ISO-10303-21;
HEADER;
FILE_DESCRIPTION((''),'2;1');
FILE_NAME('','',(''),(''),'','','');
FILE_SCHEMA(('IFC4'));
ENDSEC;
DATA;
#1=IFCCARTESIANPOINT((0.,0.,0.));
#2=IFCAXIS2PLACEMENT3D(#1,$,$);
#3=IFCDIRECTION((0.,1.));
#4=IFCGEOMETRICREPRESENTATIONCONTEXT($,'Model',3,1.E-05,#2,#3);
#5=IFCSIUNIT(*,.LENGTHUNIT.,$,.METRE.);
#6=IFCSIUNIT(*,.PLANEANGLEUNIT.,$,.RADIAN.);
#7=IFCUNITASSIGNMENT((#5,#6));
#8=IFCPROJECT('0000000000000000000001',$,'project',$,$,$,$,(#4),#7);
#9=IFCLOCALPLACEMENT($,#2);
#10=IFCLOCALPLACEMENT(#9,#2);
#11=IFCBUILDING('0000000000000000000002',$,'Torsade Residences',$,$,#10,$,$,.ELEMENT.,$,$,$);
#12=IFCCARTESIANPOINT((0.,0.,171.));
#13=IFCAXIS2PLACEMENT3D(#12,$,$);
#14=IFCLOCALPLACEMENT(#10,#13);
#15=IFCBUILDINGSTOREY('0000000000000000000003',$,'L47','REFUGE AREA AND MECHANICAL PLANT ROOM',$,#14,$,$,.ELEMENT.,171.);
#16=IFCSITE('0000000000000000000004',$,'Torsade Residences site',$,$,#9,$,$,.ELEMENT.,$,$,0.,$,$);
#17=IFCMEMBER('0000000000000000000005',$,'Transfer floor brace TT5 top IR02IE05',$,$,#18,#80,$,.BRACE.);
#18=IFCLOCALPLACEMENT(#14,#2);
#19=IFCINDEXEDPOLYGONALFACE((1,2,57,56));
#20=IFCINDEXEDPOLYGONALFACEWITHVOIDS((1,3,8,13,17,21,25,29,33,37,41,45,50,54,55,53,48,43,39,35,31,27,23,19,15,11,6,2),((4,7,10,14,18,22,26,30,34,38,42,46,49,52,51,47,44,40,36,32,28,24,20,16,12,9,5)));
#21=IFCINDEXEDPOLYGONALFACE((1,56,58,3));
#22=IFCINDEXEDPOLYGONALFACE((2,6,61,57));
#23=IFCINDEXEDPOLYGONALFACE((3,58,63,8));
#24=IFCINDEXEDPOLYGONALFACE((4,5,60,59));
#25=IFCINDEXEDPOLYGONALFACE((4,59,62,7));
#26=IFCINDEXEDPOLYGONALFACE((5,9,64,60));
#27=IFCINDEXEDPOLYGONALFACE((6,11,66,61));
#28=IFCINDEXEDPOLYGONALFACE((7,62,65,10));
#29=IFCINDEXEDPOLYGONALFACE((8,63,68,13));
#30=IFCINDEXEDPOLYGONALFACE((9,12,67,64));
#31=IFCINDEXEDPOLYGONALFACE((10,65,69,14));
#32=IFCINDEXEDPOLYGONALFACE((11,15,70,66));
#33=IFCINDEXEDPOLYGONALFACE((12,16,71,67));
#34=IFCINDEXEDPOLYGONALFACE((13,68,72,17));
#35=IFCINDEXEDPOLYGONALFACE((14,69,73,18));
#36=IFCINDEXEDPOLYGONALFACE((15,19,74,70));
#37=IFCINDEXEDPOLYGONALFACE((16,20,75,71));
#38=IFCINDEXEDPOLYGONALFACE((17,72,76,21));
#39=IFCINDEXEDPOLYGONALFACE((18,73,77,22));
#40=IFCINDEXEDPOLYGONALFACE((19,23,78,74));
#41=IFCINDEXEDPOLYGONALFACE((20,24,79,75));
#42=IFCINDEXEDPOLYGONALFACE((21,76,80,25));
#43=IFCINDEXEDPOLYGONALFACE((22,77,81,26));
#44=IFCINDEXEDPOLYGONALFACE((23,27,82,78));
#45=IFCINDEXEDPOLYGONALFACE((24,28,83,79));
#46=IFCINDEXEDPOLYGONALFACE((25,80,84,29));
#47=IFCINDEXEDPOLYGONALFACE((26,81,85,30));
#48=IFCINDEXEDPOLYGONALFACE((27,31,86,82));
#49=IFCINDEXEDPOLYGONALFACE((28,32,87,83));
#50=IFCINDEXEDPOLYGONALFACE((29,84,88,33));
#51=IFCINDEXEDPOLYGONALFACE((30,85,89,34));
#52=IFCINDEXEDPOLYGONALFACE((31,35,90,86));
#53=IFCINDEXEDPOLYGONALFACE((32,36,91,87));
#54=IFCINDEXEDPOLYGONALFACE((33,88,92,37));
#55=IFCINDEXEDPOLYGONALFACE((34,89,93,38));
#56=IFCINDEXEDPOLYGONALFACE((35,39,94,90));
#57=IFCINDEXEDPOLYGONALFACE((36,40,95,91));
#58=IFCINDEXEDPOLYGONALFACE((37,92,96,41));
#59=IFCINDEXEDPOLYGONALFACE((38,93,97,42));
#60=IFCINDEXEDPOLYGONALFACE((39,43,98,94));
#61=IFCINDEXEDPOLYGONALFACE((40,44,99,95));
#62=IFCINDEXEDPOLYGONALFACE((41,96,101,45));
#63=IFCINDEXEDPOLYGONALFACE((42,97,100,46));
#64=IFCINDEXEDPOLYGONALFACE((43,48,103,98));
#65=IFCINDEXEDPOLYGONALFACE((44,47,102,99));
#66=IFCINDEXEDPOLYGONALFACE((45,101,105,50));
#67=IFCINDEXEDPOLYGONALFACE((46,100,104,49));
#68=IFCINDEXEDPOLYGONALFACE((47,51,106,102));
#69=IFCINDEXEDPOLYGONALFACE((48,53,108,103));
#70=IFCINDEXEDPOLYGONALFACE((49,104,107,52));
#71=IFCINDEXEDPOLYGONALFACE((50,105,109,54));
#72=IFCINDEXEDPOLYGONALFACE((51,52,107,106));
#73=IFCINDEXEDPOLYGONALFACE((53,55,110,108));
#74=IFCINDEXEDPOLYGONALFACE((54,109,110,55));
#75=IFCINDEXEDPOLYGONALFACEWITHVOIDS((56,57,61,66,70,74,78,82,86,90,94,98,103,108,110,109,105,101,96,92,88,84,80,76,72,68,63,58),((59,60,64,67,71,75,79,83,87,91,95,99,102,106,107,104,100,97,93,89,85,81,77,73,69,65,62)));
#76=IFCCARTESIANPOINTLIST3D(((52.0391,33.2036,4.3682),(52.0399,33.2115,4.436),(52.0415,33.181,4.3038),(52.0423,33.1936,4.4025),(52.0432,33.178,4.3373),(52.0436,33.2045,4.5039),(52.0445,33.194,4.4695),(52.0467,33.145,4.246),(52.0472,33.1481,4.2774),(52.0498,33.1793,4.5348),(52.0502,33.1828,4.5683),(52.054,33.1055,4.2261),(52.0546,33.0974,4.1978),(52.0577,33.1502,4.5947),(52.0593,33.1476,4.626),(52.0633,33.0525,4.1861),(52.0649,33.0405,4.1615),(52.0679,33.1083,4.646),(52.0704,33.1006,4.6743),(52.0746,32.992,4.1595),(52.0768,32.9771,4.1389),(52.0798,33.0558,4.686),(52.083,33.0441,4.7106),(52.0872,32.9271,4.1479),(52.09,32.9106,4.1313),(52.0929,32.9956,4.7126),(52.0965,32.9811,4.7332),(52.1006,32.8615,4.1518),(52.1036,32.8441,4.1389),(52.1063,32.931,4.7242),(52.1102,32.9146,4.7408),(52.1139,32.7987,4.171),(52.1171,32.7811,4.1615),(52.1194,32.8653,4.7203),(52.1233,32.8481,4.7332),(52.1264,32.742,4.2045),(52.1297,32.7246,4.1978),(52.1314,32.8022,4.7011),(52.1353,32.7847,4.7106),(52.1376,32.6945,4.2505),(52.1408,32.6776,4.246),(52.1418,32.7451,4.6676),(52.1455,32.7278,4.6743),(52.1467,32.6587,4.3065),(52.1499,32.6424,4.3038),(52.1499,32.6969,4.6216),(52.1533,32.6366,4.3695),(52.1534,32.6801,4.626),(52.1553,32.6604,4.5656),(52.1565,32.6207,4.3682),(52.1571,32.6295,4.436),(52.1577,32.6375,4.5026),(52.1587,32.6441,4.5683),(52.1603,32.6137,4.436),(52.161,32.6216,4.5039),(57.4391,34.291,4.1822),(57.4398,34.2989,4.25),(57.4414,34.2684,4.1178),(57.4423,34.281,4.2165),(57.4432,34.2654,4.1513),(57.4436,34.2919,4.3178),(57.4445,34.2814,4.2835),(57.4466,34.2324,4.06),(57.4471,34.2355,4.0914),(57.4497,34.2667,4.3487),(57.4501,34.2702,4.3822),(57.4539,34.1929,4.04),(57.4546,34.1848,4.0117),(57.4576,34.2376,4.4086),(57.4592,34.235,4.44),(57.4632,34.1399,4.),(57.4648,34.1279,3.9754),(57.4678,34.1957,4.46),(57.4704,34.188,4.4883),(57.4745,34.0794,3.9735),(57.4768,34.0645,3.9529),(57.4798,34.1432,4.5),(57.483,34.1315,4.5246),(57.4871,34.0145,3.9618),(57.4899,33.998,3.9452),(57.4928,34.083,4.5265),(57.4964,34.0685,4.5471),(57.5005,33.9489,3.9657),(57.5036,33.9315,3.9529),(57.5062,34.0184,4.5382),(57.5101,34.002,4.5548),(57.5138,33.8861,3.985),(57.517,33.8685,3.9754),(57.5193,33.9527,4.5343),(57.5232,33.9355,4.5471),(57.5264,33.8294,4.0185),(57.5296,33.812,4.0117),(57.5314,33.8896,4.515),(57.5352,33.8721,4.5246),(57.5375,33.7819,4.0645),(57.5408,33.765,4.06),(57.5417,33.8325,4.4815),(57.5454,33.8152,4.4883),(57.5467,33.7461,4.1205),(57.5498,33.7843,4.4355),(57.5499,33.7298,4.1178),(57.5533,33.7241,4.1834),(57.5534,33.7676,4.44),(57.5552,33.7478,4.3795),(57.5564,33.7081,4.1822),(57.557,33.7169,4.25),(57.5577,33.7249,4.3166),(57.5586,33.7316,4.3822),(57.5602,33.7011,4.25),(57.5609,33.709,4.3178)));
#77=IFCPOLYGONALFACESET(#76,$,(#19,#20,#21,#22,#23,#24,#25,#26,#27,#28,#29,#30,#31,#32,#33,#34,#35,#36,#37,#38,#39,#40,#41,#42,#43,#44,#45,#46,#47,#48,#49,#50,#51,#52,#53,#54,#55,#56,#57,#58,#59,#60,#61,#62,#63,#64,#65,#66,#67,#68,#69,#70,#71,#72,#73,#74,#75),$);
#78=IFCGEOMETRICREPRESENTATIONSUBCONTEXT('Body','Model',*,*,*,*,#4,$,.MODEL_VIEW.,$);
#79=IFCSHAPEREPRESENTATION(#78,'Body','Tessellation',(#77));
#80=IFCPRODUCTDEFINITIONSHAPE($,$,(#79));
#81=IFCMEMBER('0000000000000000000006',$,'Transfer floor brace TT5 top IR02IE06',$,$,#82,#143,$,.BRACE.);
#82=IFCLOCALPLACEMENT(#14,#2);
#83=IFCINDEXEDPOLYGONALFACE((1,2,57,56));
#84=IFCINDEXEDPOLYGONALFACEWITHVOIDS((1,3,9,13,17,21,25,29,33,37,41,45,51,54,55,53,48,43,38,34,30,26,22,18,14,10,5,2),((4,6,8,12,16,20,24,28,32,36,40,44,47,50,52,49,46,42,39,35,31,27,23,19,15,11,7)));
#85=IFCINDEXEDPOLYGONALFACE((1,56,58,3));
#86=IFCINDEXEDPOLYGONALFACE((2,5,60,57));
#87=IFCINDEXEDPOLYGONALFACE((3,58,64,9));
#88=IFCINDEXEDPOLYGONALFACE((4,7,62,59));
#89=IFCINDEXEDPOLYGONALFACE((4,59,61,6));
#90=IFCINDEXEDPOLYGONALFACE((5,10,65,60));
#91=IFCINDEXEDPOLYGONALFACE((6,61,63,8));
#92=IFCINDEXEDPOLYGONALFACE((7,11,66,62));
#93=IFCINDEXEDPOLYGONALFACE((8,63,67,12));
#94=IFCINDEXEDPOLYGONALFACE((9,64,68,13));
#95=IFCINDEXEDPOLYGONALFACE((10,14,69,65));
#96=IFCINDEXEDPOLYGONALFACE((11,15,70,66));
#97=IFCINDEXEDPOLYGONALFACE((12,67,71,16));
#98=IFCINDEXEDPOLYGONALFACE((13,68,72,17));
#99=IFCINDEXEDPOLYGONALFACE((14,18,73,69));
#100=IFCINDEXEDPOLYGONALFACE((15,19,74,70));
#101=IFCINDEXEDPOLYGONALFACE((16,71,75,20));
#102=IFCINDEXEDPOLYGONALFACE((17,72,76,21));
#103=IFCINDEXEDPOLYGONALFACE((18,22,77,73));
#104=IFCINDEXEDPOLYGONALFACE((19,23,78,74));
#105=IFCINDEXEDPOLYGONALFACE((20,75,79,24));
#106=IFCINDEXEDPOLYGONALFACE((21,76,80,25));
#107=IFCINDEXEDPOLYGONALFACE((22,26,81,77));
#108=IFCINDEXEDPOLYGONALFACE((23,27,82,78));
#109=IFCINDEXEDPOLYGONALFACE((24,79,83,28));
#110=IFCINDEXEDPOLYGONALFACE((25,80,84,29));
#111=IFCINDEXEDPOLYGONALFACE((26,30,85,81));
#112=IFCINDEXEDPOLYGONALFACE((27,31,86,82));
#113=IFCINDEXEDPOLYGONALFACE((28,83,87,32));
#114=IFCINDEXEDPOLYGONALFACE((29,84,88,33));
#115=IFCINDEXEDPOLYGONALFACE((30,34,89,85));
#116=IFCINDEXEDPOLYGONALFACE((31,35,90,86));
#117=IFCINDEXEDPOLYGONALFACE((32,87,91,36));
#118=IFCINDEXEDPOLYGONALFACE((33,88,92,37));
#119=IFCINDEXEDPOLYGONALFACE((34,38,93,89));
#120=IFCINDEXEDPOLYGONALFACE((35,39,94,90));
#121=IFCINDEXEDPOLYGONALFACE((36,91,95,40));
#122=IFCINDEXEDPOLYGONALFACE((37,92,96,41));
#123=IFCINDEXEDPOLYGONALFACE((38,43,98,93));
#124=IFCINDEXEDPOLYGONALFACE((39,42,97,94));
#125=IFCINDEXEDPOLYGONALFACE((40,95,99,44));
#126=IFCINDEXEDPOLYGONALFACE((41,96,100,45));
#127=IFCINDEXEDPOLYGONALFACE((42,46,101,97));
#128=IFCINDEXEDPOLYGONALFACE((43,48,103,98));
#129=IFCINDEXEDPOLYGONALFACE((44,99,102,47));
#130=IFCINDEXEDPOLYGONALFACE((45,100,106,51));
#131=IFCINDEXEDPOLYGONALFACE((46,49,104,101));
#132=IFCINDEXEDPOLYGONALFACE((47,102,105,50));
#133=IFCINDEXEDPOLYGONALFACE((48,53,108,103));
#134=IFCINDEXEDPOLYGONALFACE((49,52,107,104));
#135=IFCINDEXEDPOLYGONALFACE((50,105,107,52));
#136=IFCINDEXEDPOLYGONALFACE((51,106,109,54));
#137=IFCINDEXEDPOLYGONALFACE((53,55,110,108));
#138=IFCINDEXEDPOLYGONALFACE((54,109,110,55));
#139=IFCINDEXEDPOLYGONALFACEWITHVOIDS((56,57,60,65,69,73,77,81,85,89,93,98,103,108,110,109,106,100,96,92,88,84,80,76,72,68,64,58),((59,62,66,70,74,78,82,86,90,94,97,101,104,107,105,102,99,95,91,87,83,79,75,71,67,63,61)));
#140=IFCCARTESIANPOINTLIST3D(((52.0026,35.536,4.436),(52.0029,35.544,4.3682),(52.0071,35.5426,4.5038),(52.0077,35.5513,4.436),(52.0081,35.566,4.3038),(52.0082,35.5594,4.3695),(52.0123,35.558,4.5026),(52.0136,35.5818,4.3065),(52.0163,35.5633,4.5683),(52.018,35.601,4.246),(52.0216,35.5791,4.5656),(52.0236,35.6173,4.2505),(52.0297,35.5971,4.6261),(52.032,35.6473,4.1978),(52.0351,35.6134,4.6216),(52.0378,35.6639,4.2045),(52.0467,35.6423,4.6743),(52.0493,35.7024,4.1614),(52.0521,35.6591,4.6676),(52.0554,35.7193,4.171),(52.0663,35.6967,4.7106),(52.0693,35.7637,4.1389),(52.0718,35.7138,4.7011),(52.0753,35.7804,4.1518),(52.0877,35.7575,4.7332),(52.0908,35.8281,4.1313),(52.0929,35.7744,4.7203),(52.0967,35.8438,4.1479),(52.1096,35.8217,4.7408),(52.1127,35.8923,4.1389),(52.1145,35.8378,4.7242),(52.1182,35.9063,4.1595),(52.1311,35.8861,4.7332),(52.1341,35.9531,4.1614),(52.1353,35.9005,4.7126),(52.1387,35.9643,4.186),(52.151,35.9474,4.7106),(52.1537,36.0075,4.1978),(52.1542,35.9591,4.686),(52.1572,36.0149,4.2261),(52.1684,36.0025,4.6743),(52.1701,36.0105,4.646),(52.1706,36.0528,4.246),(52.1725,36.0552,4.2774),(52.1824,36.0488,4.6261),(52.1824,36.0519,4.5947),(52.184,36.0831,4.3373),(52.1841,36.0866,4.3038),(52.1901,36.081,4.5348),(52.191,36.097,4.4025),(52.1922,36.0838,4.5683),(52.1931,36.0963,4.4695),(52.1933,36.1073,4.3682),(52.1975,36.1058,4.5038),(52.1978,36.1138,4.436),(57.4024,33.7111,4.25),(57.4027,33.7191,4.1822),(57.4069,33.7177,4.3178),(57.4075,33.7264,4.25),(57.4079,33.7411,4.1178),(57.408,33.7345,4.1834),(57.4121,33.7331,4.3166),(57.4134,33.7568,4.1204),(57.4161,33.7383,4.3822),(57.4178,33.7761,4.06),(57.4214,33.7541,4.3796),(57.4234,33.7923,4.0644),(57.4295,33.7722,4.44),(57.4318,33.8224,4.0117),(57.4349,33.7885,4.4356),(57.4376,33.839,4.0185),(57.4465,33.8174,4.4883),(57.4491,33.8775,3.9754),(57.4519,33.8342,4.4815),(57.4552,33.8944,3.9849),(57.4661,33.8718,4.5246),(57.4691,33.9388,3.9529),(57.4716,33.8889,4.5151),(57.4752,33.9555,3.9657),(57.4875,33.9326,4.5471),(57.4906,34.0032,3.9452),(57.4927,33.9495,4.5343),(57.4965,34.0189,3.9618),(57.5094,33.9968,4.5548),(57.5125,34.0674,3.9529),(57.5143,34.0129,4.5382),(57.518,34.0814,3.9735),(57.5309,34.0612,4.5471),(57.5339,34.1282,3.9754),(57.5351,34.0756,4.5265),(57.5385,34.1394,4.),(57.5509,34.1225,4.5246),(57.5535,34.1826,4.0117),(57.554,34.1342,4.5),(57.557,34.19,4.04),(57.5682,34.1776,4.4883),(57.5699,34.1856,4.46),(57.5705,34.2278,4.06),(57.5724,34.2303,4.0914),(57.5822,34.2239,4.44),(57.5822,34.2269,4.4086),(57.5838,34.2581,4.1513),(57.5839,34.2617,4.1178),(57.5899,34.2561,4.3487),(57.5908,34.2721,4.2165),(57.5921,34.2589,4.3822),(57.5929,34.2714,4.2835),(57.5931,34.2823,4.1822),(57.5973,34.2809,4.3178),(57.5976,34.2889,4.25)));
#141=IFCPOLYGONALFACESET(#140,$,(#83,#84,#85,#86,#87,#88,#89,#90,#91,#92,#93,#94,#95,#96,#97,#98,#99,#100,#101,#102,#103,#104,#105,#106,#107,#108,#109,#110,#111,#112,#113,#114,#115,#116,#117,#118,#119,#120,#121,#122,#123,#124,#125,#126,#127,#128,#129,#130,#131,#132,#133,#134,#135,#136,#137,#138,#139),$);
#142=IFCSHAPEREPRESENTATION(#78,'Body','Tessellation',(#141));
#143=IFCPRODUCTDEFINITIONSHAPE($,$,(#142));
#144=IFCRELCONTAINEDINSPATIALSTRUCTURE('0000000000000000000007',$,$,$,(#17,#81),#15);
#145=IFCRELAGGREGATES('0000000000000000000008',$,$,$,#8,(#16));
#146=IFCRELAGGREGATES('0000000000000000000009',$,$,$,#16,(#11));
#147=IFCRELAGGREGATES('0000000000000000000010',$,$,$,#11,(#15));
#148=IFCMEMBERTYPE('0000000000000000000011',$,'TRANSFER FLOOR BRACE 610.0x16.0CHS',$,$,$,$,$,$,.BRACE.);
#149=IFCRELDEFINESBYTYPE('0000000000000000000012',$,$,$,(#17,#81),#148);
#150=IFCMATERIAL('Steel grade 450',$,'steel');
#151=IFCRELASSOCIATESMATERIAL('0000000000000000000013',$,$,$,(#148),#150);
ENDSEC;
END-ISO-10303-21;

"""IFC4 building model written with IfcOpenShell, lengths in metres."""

from ifc_helpers import new_model, si_unit, direction, frame, origin, origin_2d, place, context, subcontext, project, spatial, hollow_circle, extrude, material, material_profile, profile_set, type_object, element, save


model = new_model("IFC4")

# Units and contexts
model_context = context("Model", 3, precision=1e-05, world=origin(), true_north=direction((0.0, 1.0)))
body_context = subcontext(model_context, "Body", "Model", "MODEL_VIEW")
ifc_project = project(units=[si_unit("LENGTHUNIT", "METRE"), si_unit("PLANEANGLEUNIT", "RADIAN")], contexts=[model_context])

# Site, building, storey
site_placement = place(None, origin())
site = spatial("IfcSite", under=ifc_project, at=site_placement, Name="Torsade Residences site", CompositionType="ELEMENT", RefElevation=0.0)
building_placement = place(site_placement, origin())
building = spatial("IfcBuilding", under=site, at=building_placement, Name="Torsade Residences", CompositionType="ELEMENT")
storey_placement = place(building_placement, frame((0.0, 0.0, 171.0)))
storey = spatial("IfcBuildingStorey", under=building, at=storey_placement, Name="L47", Description="REFUGE AREA AND MECHANICAL PLANT ROOM", CompositionType="ELEMENT", Elevation=171.0)

# Members
ifc_material_1 = material(Name="Steel grade 450", Category="steel")
ifc_material_profile_1 = material_profile(ifc_material_1, hollow_circle(Radius=0.3049, WallThickness=0.0161, at=origin_2d()), Name="610.0x16.0CHS")
ifc_profile_set_1 = profile_set([ifc_material_profile_1], Name="Steel grade 450")
member_type_1 = type_object("IfcMemberType", Name="TRANSFER FLOOR BRACE 610.0x16.0CHS", PredefinedType="BRACE", material=ifc_profile_set_1)
member_1_placement = place(storey_placement, frame((57.5, 34.0, 4.25), z_axis=(-0.979762, -0.197299, 0.033754), x_axis=(0.197412, -0.980321, 0.0)))
element("IfcMember", 1, at=member_1_placement, inside=storey, type_object=member_type_1, Name="Transfer floor brace TT5 top IR02IE05", PredefinedType="BRACE", context=body_context, shape_type="SweptSolid", body=[
    extrude(hollow_circle(Radius=0.3049, WallThickness=0.0161, at=origin_2d()), origin(), (0.0, 0.0, 1.0), 5.5115),
])
member_2_placement = place(storey_placement, frame((57.5, 34.0, 4.25), z_axis=(-0.946856, 0.319999, 0.032621), x_axis=(-0.32017, -0.94736, 0.0)))
element("IfcMember", 2, at=member_2_placement, inside=storey, type_object=member_type_1, Name="Transfer floor brace TT5 top IR02IE06", PredefinedType="BRACE", context=body_context, shape_type="SweptSolid", body=[
    extrude(hollow_circle(Radius=0.3049, WallThickness=0.0161, at=origin_2d()), origin(), (0.0, 0.0, 1.0), 5.7029),
])

save(model, "model.ifc")
